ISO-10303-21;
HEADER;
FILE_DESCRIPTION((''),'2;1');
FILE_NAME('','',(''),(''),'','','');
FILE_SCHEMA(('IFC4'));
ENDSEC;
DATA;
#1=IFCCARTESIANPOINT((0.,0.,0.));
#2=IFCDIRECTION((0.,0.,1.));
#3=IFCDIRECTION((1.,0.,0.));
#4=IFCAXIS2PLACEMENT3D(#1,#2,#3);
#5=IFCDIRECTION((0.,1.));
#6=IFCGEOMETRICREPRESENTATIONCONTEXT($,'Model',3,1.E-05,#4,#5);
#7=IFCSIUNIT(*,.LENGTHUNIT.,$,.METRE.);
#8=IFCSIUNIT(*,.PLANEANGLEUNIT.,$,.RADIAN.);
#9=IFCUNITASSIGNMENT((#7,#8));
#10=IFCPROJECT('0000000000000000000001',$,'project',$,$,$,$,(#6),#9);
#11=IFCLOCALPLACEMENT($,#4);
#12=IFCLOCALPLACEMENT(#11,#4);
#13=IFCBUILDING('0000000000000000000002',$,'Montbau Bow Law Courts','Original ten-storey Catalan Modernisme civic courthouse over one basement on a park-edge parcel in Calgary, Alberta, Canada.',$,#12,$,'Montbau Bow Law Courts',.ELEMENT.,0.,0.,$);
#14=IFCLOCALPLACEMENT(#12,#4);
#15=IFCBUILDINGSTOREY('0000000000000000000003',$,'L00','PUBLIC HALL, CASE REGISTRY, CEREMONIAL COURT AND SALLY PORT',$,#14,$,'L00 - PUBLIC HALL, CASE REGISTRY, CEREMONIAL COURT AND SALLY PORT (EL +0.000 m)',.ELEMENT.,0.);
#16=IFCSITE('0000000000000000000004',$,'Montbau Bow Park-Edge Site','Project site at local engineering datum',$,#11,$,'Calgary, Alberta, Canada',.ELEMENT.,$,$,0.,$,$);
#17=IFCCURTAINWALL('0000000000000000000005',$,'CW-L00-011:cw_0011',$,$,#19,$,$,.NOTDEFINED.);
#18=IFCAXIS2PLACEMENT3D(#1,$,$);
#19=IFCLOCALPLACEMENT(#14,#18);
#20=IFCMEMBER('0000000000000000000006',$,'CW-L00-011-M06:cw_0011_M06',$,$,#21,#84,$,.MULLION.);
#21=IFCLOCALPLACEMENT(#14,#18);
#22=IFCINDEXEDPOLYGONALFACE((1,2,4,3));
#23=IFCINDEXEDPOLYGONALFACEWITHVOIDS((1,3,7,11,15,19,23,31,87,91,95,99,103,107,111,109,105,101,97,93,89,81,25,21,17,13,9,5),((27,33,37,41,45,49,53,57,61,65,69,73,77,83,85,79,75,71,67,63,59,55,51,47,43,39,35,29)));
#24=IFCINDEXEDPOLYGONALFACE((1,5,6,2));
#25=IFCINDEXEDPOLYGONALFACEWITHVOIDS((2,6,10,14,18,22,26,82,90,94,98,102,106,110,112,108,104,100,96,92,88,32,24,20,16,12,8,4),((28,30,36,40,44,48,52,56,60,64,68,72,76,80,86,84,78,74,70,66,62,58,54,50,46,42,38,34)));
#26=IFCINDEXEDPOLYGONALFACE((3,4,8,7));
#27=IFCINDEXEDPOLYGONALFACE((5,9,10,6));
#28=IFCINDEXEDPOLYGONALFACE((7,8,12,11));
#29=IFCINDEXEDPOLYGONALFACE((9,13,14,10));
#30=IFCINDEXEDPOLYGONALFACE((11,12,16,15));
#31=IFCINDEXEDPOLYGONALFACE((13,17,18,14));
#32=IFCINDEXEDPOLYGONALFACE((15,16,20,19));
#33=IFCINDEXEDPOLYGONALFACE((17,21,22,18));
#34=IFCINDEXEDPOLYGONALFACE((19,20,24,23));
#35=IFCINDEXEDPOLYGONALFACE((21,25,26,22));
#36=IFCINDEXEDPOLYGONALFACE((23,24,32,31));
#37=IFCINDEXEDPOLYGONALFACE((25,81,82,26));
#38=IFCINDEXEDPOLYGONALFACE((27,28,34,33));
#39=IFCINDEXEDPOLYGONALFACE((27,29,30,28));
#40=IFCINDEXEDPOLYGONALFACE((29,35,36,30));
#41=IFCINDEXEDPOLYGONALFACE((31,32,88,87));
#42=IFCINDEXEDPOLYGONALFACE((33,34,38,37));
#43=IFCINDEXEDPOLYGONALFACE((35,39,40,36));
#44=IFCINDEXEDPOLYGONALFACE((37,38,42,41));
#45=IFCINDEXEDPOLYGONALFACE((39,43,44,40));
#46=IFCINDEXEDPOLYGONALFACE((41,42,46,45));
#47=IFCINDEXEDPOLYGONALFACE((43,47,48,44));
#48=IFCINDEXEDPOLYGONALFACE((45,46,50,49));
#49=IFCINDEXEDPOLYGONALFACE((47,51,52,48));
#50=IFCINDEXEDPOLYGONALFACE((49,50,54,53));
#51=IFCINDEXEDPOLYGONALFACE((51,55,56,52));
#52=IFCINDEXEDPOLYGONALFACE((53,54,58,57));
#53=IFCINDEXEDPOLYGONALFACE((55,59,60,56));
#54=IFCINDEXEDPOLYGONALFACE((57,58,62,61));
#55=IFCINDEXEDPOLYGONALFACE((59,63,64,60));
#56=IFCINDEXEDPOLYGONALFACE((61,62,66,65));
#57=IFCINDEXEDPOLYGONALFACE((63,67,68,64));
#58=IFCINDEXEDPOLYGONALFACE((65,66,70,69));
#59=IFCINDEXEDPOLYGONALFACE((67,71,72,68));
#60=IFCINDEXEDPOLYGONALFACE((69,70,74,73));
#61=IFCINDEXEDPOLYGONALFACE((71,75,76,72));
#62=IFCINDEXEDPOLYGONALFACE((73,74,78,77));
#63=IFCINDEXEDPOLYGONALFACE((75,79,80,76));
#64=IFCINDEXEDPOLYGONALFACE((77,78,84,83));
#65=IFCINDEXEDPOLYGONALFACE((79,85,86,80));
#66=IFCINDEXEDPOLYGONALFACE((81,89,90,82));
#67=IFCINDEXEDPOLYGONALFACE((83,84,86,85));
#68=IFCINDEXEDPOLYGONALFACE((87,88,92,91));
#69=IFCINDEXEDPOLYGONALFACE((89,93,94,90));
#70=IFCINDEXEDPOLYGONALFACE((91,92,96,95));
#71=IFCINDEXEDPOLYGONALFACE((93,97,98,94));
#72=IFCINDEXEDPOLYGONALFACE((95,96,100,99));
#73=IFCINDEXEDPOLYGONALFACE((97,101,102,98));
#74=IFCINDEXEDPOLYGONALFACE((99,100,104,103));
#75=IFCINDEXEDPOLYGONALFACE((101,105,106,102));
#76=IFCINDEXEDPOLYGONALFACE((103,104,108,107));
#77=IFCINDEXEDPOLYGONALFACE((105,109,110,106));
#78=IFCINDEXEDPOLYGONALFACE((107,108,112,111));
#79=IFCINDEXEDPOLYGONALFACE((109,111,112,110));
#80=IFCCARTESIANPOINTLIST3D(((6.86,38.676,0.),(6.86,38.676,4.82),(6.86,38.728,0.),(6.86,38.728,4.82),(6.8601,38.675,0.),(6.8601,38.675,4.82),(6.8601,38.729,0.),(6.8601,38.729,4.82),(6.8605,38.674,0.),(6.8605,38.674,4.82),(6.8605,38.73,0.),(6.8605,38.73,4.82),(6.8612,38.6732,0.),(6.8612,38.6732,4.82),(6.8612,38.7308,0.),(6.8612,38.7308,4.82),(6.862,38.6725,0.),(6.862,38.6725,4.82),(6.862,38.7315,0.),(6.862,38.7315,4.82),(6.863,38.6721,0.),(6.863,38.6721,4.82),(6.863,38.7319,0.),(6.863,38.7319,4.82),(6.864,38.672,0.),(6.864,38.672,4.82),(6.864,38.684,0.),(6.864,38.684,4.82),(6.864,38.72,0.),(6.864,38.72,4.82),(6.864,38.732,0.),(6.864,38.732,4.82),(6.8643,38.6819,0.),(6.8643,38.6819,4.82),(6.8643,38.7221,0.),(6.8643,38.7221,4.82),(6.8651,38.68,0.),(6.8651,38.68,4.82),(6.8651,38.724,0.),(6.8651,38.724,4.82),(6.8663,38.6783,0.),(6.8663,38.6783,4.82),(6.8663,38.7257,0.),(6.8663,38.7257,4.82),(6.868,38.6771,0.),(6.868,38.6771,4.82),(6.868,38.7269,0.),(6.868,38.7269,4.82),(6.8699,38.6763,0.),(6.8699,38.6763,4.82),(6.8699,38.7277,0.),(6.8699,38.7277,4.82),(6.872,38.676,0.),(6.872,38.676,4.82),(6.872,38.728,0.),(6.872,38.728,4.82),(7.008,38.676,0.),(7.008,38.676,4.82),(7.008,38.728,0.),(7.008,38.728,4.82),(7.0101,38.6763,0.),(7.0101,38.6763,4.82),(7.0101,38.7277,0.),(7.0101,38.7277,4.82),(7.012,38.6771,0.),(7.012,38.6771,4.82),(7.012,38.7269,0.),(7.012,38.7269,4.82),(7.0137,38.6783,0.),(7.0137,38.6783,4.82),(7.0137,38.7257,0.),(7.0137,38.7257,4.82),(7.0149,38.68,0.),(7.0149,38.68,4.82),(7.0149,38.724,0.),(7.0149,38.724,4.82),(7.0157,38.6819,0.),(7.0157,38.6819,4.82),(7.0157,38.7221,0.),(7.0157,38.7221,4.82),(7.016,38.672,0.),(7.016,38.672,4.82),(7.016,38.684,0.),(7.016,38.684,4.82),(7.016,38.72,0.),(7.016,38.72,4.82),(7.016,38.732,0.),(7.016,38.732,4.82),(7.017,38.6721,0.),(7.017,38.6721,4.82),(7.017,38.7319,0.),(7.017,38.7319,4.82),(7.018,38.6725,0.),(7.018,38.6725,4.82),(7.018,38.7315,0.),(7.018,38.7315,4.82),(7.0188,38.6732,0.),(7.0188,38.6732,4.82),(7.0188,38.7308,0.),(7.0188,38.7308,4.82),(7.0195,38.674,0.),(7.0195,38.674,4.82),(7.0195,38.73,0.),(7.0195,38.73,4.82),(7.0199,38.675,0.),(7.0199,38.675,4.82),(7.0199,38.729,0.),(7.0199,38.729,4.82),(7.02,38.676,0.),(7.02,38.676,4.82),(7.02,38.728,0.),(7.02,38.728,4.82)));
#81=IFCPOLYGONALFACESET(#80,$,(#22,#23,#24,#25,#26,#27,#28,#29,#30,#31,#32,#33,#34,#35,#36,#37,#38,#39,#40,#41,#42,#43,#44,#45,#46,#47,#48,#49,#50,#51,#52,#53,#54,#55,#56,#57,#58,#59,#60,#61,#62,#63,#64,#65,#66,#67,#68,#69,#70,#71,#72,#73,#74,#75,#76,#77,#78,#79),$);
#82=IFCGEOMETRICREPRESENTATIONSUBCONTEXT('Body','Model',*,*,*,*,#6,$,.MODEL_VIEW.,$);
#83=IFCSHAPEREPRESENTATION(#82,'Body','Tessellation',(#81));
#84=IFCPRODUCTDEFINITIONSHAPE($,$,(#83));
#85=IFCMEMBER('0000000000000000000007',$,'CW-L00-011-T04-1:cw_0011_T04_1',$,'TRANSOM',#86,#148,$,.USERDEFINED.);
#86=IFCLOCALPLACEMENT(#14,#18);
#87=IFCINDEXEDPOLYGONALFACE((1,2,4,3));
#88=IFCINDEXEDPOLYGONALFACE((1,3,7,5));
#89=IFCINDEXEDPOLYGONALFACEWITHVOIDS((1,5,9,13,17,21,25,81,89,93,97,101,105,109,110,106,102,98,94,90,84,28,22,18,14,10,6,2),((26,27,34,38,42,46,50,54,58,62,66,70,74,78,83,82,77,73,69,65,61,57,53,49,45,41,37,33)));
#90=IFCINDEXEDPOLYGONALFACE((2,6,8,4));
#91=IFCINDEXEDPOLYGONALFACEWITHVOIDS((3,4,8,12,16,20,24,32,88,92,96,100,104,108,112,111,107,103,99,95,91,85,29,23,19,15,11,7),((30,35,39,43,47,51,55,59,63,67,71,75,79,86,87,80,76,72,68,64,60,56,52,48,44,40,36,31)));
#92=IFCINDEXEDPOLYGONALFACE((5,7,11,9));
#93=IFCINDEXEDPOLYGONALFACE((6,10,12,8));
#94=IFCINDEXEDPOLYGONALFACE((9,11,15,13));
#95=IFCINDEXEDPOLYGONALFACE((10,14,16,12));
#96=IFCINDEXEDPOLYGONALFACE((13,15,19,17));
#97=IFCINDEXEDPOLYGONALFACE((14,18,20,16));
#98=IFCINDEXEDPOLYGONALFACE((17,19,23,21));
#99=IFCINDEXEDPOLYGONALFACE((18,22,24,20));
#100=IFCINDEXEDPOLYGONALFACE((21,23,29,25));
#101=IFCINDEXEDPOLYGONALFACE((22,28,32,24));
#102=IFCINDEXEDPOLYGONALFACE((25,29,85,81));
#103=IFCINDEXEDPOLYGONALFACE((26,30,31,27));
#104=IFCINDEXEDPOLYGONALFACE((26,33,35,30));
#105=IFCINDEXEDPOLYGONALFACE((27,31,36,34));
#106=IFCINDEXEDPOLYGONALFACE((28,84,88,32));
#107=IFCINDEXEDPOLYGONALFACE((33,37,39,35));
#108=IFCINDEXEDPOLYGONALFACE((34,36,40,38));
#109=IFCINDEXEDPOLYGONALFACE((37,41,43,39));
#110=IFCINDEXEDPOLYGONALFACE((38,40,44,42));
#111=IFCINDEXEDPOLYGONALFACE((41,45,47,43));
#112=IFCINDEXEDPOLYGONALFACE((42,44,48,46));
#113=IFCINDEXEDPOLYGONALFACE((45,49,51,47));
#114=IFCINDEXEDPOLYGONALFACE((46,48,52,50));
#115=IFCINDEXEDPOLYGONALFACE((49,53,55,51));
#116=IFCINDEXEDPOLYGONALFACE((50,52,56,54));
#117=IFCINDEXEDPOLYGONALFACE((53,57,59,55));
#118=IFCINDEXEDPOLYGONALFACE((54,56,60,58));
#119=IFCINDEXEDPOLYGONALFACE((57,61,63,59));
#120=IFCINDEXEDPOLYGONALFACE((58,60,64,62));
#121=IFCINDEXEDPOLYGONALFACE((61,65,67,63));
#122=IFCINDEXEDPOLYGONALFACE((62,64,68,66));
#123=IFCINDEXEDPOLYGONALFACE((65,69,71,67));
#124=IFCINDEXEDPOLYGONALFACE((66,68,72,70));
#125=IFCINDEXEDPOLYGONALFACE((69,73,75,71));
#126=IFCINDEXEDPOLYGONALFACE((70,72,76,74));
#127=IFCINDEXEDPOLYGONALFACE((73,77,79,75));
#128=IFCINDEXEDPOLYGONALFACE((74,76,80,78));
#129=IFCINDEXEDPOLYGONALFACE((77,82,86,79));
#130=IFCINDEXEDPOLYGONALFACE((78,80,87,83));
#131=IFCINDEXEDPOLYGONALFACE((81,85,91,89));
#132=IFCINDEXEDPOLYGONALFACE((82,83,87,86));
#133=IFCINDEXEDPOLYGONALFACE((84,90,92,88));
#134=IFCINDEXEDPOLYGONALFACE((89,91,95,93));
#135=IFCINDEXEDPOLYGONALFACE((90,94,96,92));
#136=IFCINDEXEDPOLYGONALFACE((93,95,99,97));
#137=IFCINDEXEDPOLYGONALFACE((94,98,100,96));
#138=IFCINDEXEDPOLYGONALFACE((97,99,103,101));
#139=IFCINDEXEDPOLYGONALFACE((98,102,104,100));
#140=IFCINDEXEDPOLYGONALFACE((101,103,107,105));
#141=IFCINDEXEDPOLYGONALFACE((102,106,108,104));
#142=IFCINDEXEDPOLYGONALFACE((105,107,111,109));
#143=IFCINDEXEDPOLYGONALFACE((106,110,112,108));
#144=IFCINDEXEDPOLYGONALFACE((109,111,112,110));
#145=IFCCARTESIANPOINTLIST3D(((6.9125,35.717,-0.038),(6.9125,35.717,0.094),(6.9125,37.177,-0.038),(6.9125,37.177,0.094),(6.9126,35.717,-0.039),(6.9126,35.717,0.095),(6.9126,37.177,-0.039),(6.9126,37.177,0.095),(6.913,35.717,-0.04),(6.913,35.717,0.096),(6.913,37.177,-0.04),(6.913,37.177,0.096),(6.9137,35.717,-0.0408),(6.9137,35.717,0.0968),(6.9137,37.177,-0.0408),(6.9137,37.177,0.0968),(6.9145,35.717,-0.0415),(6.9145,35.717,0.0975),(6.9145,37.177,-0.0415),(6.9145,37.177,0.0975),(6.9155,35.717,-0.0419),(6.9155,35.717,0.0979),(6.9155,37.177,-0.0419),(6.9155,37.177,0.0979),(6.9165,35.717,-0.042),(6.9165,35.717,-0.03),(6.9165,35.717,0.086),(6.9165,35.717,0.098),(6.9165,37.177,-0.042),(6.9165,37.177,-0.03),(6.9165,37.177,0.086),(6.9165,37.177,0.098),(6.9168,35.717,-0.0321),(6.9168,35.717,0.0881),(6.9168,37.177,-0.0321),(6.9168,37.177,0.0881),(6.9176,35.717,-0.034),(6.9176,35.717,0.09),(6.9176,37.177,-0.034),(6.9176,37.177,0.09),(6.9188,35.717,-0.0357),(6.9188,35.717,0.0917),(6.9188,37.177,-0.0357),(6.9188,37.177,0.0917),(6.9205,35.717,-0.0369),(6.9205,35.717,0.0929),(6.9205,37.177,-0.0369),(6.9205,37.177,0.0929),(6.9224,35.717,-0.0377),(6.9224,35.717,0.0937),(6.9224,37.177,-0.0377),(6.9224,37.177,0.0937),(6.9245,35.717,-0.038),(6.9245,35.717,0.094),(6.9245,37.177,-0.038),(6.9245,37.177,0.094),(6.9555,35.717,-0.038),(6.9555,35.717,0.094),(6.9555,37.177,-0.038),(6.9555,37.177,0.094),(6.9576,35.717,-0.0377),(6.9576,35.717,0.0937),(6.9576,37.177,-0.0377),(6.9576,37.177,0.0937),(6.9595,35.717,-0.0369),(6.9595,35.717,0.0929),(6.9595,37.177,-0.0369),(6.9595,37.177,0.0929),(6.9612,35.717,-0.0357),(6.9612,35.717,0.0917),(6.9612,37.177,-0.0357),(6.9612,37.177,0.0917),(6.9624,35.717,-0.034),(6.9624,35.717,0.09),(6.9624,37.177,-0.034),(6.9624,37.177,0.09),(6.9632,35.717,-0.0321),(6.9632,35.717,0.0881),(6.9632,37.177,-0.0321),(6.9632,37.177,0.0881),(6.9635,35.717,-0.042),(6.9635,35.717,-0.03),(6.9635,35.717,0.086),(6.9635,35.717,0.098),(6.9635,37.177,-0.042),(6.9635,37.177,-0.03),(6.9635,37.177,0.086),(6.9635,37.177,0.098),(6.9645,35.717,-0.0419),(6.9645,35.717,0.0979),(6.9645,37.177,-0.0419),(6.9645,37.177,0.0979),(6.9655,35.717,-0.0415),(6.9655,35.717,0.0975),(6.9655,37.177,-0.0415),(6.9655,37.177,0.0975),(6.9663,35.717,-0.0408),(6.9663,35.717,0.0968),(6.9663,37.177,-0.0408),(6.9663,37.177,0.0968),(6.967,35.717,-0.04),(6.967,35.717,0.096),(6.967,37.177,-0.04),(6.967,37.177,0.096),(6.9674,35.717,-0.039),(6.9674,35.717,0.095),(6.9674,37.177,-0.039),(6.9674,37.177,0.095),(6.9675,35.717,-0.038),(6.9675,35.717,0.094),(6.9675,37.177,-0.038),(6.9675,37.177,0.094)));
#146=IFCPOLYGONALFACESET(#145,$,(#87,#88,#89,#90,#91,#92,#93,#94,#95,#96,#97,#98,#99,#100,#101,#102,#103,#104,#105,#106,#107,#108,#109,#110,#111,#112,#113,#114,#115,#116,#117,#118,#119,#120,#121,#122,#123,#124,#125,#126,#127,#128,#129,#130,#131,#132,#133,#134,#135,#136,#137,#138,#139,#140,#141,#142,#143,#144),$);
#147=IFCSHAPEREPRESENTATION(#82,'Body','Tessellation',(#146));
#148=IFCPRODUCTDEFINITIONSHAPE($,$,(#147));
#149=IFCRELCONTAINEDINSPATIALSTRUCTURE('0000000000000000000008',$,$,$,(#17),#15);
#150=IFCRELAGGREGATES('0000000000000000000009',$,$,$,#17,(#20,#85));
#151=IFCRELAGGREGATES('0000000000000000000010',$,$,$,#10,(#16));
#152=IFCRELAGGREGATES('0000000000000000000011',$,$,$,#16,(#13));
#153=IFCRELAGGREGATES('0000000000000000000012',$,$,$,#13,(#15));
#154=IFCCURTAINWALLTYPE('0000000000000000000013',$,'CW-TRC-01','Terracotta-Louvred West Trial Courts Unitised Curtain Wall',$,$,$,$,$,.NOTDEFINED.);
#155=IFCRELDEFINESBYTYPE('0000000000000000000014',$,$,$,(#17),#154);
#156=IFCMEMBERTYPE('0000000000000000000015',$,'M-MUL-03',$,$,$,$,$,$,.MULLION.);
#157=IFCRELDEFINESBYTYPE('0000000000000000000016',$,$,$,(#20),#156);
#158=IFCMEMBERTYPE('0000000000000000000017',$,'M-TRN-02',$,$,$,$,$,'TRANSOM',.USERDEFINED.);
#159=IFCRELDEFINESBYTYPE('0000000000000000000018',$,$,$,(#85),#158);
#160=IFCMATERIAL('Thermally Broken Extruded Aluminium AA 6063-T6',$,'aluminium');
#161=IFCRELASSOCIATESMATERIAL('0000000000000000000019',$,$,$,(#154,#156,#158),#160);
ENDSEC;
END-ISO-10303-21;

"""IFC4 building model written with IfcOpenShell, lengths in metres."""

from ifc_helpers import new_model, si_unit, direction, frame, origin_with_axes, origin_2d_with_axis, place, context, subcontext, project, spatial, hollow_rectangle, extrude, material, material_profile, profile_set, type_object, element, aggregate, save


model = new_model("IFC4")

# Units and contexts
model_context = context("Model", 3, precision=1e-05, world=origin_with_axes(), true_north=direction((0.0, 1.0)))
body_context = subcontext(model_context, "Body", "Model", "MODEL_VIEW")
ifc_project = project(units=[si_unit("LENGTHUNIT", "METRE"), si_unit("PLANEANGLEUNIT", "RADIAN")], contexts=[model_context])

# Site, building, storey
site_placement = place(None, origin_with_axes())
site = spatial("IfcSite", under=ifc_project, at=site_placement, Name="Montbau Bow Park-Edge Site", Description="Project site at local engineering datum", LongName="Calgary, Alberta, Canada", CompositionType="ELEMENT", RefElevation=0.0)
building_placement = place(site_placement, origin_with_axes())
building = spatial("IfcBuilding", under=site, at=building_placement, Name="Montbau Bow Law Courts", Description="Original ten-storey Catalan Modernisme civic courthouse over one basement on a park-edge parcel in Calgary, Alberta, Canada.", LongName="Montbau Bow Law Courts", CompositionType="ELEMENT", ElevationOfRefHeight=0.0, ElevationOfTerrain=0.0)
storey_placement = place(building_placement, origin_with_axes())
storey = spatial("IfcBuildingStorey", under=building, at=storey_placement, Name="L00", Description="PUBLIC HALL, CASE REGISTRY, CEREMONIAL COURT AND SALLY PORT", LongName="L00 - PUBLIC HALL, CASE REGISTRY, CEREMONIAL COURT AND SALLY PORT (EL +0.000 m)", CompositionType="ELEMENT", Elevation=0.0)

# Curtain wall, members
ifc_material_1 = material(Name="Thermally Broken Extruded Aluminium AA 6063-T6", Category="aluminium")
curtain_wall_type = type_object("IfcCurtainWallType", Name="CW-TRC-01", Description="Terracotta-Louvred West Trial Courts Unitised Curtain Wall", PredefinedType="NOTDEFINED", material=ifc_material_1)
curtain_wall_placement = place(None, frame((6.94, 31.115, 0.0), z_axis=(0.0, 0.0, 1.0), x_axis=(1.0, 0.0, 0.0)))
curtain_wall = element("IfcCurtainWall", 1, at=curtain_wall_placement, inside=storey, type_object=curtain_wall_type, Name="CW-L00-011:cw_0011", PredefinedType="NOTDEFINED")
ifc_material_profile_1 = material_profile(ifc_material_1, hollow_rectangle(XDim=0.06, YDim=0.16, WallThickness=0.004, InnerFilletRadius=0.008, OuterFilletRadius=0.004, at=origin_2d_with_axis()), Name="CWM-160X60", Category="Main", Priority=0)
ifc_profile_set_1 = profile_set([ifc_material_profile_1], Name="Thermally Broken Extruded Aluminium AA 6063-T6")
member_type_1 = type_object("IfcMemberType", Name="M-MUL-03", PredefinedType="MULLION", material=ifc_profile_set_1)
member_1_placement = place(None, frame((6.94, 38.702, 0.0), z_axis=(0.0, 0.0, 1.0), x_axis=(0.0, 1.0, 0.0)))
member_1 = element("IfcMember", 2, at=member_1_placement, type_object=member_type_1, Name="CW-L00-011-M06:cw_0011_M06", PredefinedType="MULLION", context=body_context, shape_type="SweptSolid", body=[
    extrude(hollow_rectangle(XDim=0.06, YDim=0.16, WallThickness=0.004, InnerFilletRadius=0.008, OuterFilletRadius=0.004, at=origin_2d_with_axis()), origin_with_axes(), (0.0, 0.0, 1.0), 4.82),
])
ifc_material_profile_2 = material_profile(ifc_material_1, hollow_rectangle(XDim=0.055, YDim=0.14, WallThickness=0.004, InnerFilletRadius=0.008, OuterFilletRadius=0.004, at=origin_2d_with_axis()), Name="CWT-140X55", Category="Main", Priority=0)
ifc_profile_set_2 = profile_set([ifc_material_profile_2], Name="Thermally Broken Extruded Aluminium AA 6063-T6")
member_type_2 = type_object("IfcMemberType", Name="M-TRN-02", ElementType="TRANSOM", PredefinedType="USERDEFINED", material=ifc_profile_set_2)
member_2_placement = place(None, frame((6.94, 35.717, 0.028), z_axis=(0.0, 1.0, 0.0), x_axis=(-1.0, 0.0, 0.0)))
member_2 = element("IfcMember", 3, at=member_2_placement, type_object=member_type_2, Name="CW-L00-011-T04-1:cw_0011_T04_1", ObjectType="TRANSOM", PredefinedType="USERDEFINED", context=body_context, shape_type="SweptSolid", body=[
    extrude(hollow_rectangle(XDim=0.055, YDim=0.14, WallThickness=0.004, InnerFilletRadius=0.008, OuterFilletRadius=0.004, at=origin_2d_with_axis()), origin_with_axes(), (0.0, 0.0, 1.0), 1.46),
])
aggregate(curtain_wall, [member_1, member_2])

save(model, "model.ifc")
